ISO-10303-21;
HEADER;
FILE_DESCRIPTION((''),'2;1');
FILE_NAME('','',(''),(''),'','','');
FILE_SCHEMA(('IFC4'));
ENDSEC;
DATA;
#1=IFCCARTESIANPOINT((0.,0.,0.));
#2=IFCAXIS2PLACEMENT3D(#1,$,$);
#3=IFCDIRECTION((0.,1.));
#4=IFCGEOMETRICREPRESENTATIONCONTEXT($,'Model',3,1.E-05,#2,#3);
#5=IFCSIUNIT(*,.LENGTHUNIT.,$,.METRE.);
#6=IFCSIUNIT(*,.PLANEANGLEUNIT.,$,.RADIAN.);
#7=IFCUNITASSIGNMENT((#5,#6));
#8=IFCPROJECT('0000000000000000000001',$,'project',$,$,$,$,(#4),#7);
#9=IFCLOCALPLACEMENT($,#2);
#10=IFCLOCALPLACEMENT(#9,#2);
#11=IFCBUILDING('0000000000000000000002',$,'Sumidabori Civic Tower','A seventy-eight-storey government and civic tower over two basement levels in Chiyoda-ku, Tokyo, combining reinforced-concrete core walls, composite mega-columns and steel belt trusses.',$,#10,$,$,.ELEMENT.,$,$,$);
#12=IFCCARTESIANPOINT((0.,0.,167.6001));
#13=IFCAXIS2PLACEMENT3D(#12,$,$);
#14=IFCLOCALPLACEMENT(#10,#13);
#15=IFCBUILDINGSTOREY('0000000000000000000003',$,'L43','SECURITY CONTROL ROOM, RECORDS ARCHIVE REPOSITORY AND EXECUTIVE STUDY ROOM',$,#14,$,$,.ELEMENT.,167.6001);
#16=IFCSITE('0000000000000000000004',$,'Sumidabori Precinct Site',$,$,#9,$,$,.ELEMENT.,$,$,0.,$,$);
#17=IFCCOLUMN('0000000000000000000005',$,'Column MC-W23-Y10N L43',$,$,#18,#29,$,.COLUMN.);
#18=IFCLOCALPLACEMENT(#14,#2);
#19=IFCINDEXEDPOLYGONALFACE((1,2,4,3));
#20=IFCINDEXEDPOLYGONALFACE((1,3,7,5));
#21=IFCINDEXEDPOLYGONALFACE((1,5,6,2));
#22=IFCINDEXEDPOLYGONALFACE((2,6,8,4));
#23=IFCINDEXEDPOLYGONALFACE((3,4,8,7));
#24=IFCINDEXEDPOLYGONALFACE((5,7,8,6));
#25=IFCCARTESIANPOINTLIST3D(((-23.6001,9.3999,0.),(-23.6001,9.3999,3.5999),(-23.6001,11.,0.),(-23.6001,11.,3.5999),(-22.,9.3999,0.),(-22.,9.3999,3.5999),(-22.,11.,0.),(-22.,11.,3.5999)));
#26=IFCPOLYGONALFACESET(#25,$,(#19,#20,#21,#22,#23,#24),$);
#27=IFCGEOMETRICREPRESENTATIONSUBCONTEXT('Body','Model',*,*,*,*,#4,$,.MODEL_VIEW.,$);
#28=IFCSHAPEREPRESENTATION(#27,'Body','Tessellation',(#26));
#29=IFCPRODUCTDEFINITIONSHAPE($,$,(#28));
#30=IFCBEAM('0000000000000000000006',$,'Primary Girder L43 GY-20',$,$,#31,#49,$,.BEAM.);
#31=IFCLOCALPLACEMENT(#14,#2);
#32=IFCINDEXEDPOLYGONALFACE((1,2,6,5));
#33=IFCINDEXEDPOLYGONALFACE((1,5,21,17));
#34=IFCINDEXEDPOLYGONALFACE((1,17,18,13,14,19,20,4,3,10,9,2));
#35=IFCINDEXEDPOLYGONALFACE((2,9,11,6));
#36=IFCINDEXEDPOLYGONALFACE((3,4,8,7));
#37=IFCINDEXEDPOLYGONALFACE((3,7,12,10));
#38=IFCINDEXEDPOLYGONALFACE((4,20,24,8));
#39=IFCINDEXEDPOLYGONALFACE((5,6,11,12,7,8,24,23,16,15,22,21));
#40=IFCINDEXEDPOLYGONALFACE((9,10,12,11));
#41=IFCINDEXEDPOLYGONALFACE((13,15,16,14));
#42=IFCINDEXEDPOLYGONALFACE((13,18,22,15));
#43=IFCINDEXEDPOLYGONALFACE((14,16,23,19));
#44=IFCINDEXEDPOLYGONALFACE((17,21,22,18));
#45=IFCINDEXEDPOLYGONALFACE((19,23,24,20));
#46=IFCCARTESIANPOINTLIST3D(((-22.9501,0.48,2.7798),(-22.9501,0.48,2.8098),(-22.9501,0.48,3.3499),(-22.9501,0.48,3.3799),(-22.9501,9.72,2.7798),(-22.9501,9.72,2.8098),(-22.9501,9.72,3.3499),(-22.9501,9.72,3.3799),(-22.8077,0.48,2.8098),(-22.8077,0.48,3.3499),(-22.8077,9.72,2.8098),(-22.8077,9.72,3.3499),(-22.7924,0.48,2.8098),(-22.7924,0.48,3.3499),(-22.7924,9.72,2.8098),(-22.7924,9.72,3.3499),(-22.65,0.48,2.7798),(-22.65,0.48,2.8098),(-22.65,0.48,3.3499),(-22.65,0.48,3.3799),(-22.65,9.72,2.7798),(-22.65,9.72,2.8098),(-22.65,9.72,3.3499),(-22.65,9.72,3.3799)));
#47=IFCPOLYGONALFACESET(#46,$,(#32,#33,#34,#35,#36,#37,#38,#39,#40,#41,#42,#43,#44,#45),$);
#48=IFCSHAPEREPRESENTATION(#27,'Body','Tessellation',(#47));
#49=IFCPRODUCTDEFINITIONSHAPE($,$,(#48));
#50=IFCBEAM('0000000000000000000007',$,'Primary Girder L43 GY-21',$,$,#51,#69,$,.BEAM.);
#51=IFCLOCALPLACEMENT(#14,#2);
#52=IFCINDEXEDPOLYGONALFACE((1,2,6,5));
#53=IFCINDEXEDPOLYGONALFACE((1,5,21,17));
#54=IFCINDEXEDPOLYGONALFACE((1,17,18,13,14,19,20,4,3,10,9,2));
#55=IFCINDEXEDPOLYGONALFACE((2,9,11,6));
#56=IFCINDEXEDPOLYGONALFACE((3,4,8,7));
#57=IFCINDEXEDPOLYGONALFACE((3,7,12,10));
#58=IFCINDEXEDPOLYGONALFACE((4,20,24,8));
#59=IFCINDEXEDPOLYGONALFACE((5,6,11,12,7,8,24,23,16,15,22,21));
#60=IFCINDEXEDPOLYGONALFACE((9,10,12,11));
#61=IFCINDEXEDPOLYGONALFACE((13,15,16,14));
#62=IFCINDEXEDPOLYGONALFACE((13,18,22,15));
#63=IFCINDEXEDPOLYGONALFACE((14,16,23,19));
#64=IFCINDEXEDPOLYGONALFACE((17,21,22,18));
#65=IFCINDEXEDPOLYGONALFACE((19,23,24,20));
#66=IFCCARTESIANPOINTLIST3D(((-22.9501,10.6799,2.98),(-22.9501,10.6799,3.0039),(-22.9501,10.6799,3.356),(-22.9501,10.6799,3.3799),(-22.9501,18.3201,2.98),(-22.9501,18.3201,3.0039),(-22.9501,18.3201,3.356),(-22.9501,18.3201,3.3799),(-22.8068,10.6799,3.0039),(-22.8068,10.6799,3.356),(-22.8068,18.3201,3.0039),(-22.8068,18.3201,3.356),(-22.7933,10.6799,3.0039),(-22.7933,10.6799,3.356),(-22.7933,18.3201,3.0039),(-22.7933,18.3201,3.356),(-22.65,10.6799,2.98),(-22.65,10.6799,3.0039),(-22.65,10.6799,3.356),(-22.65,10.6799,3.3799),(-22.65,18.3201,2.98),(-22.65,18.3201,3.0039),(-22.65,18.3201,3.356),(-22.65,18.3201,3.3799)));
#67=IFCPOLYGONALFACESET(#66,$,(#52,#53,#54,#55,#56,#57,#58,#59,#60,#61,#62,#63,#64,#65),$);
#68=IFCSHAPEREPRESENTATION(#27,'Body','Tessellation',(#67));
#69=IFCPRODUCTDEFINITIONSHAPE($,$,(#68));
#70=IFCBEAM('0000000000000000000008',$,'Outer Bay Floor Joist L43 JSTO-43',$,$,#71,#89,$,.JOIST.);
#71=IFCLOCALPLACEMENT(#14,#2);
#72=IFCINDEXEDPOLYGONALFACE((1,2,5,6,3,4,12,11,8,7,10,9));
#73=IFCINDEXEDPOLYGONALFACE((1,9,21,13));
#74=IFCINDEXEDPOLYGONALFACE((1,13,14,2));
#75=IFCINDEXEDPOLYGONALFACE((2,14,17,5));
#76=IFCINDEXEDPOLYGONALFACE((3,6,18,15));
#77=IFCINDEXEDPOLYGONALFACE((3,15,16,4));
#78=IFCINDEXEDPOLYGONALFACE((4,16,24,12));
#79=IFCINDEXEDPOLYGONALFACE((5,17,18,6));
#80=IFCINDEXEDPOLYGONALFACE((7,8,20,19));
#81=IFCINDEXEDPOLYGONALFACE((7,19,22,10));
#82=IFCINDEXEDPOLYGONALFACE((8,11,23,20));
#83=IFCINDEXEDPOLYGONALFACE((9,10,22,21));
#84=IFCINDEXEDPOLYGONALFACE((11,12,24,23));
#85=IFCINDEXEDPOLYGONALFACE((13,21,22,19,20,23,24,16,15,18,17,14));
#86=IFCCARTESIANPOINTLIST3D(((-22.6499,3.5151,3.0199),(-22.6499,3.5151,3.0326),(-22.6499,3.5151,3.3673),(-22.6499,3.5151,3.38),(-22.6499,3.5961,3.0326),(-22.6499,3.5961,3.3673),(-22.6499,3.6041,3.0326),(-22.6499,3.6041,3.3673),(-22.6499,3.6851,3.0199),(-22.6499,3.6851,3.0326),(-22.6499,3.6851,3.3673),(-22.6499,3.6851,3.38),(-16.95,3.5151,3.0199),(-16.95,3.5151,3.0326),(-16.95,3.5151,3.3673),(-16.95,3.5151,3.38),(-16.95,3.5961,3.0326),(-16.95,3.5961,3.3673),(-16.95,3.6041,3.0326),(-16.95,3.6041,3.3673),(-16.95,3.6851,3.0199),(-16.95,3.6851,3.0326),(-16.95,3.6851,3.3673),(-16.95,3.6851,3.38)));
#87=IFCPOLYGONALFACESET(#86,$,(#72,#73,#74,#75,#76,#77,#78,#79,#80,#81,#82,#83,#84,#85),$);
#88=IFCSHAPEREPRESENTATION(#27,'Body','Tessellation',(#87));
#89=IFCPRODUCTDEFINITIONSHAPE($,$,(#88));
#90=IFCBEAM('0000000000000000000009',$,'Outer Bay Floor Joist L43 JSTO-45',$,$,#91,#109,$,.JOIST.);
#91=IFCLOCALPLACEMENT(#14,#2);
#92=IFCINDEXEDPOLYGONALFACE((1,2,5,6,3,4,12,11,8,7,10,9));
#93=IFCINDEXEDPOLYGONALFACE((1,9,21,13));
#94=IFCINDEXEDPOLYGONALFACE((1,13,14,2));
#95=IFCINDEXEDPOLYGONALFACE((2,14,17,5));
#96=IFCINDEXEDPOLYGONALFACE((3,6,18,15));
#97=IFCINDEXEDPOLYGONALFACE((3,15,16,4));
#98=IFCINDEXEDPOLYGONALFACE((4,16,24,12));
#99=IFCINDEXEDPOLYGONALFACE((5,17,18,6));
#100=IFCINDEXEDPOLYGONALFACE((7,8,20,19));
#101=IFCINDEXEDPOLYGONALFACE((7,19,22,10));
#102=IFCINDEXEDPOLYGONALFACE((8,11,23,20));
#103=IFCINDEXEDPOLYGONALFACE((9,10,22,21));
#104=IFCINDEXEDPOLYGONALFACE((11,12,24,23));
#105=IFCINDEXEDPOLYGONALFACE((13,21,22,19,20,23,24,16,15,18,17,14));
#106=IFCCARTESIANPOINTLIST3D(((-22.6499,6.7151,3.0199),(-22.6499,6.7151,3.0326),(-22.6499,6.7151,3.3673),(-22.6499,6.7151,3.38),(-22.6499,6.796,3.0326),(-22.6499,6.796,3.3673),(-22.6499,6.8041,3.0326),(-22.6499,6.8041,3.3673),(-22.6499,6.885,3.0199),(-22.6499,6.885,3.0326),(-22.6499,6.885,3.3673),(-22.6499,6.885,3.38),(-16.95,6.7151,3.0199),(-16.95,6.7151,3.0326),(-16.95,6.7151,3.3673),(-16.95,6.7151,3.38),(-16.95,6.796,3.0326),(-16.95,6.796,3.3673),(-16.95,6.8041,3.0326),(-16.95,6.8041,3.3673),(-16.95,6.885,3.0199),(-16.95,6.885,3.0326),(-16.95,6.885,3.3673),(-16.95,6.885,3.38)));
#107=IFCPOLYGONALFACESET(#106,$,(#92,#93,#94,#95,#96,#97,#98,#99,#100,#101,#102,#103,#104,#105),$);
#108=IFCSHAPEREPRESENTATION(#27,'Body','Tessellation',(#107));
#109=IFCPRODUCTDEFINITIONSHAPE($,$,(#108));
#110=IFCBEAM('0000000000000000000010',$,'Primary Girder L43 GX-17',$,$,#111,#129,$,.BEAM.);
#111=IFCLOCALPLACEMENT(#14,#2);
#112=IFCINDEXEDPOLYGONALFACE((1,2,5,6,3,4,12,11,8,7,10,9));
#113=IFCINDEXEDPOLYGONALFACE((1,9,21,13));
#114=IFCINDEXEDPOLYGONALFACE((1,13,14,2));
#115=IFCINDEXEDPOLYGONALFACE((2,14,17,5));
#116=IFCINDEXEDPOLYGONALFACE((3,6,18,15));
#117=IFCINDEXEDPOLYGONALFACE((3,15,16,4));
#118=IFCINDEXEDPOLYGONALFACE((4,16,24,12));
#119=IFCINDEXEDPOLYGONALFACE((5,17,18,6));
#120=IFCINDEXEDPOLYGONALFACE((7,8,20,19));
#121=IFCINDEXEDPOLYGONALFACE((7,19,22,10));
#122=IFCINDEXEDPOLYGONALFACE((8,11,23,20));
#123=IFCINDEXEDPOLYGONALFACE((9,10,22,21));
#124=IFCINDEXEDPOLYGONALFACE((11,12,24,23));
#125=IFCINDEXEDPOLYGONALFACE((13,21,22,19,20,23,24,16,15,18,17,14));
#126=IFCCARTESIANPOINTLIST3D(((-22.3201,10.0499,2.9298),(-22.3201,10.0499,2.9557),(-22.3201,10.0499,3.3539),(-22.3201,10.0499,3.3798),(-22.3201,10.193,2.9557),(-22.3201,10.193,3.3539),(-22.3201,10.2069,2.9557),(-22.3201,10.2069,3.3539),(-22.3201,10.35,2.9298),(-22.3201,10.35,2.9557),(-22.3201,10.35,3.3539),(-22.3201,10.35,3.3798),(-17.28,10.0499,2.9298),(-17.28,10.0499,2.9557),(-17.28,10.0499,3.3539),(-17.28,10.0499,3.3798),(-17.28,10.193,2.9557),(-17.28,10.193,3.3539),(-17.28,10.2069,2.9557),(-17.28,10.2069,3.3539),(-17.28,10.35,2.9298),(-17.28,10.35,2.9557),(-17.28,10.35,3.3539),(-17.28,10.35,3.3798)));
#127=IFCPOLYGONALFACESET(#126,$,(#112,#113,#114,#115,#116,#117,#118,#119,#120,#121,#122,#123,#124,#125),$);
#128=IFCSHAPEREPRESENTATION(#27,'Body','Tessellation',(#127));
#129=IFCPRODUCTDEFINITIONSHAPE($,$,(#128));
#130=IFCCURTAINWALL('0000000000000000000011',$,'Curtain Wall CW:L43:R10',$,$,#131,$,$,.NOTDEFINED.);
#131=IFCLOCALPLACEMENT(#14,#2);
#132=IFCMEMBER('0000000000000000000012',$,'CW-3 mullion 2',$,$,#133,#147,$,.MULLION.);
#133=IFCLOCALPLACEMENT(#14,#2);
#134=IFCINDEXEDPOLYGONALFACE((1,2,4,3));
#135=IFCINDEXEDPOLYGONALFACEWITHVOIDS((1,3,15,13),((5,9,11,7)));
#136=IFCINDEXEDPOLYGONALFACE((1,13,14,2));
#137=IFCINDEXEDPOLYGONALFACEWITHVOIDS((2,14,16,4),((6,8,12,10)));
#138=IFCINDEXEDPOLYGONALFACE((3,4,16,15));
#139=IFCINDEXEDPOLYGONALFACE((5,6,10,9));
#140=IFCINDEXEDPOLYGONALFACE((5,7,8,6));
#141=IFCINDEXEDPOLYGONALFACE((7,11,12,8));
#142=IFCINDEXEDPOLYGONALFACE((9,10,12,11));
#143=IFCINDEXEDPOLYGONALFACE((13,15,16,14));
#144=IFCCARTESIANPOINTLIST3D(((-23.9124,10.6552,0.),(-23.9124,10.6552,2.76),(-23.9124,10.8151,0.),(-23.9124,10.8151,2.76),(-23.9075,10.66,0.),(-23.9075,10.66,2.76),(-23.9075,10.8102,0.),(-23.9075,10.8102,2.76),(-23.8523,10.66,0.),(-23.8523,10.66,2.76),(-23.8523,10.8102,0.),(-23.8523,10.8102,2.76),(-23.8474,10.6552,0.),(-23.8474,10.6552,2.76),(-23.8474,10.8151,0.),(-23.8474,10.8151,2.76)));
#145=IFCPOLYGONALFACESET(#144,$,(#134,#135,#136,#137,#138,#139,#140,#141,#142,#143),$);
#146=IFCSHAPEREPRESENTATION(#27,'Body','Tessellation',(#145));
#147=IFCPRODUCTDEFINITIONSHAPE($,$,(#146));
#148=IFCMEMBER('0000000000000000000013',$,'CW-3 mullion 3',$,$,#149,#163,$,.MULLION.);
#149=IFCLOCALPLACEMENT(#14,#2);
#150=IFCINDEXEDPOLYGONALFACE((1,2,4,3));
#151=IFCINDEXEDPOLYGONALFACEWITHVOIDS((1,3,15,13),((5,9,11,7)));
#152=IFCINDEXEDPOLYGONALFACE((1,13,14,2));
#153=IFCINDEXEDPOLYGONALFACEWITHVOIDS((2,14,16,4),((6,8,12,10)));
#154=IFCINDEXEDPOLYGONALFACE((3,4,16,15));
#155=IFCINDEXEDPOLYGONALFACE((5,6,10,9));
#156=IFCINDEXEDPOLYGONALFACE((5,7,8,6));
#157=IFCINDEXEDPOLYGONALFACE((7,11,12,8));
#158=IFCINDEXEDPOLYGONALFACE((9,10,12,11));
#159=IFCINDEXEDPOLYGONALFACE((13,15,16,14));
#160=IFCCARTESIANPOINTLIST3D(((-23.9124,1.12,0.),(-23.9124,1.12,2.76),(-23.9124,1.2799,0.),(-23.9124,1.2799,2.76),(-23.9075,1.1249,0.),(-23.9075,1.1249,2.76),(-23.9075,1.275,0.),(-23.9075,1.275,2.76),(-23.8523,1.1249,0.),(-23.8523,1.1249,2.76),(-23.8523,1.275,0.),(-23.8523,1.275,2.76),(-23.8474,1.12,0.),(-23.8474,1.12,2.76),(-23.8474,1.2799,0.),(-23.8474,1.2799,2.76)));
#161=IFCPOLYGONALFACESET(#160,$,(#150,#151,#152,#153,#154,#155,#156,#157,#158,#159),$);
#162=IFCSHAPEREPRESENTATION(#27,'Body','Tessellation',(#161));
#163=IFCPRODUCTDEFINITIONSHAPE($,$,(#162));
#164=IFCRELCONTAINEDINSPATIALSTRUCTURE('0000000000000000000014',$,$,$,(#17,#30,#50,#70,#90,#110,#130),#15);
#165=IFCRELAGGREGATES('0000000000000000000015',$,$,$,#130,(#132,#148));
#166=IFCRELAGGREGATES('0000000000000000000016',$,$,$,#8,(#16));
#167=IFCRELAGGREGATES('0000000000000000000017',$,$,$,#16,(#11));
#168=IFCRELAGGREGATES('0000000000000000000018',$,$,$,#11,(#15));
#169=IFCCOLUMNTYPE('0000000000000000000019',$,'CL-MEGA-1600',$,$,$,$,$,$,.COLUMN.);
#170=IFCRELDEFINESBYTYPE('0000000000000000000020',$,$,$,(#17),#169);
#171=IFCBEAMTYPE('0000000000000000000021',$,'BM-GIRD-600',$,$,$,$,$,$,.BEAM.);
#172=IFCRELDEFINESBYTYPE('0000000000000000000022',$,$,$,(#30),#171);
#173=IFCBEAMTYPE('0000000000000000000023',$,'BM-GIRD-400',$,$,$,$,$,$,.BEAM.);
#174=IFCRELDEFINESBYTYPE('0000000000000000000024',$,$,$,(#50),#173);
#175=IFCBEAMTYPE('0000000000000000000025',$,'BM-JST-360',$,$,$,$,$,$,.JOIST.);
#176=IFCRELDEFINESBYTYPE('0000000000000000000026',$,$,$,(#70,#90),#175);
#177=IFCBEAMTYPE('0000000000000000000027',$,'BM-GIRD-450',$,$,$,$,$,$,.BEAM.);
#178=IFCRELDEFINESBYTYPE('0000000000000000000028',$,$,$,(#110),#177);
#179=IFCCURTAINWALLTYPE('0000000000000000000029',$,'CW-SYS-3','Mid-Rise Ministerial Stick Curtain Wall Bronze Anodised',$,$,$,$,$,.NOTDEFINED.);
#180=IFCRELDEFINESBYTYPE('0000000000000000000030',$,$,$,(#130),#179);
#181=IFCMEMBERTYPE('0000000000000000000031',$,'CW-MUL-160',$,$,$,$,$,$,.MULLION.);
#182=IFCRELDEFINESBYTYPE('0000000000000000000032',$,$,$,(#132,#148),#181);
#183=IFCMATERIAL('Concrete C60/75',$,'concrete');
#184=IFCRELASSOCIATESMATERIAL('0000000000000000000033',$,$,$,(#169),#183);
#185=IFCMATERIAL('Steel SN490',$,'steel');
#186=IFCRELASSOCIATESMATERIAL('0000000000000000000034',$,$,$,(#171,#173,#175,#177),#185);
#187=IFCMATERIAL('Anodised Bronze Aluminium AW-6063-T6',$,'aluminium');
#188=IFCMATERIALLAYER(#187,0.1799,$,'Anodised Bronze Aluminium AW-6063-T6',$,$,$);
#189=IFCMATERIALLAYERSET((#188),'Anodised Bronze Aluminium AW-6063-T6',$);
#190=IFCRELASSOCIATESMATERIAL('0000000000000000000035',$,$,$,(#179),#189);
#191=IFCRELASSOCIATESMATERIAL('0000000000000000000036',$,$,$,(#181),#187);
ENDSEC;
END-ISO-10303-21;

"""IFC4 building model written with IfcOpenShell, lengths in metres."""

from ifc_helpers import new_model, si_unit, direction, frame, origin, origin_2d, place, context, subcontext, project, spatial, rectangle, hollow_rectangle, i_section, extrude, source, transform, mapped, material, layer, layer_set, material_profile, profile_set, type_object, element, aggregate, save


model = new_model("IFC4")

# Units and contexts
model_context = context("Model", 3, precision=1e-05, world=origin(), true_north=direction((0.0, 1.0)))
body_context = subcontext(model_context, "Body", "Model", "MODEL_VIEW")
ifc_project = project(units=[si_unit("LENGTHUNIT", "METRE"), si_unit("PLANEANGLEUNIT", "RADIAN")], contexts=[model_context])

# Site, building, storey
site_placement = place(None, origin())
site = spatial("IfcSite", under=ifc_project, at=site_placement, Name="Sumidabori Precinct Site", CompositionType="ELEMENT", RefElevation=0.0)
building_placement = place(site_placement, origin())
building = spatial("IfcBuilding", under=site, at=building_placement, Name="Sumidabori Civic Tower", Description="A seventy-eight-storey government and civic tower over two basement levels in Chiyoda-ku, Tokyo, combining reinforced-concrete core walls, composite mega-columns and steel belt trusses.", CompositionType="ELEMENT")
storey_placement = place(building_placement, frame((0.0, 0.0, 167.6001)))
storey = spatial("IfcBuildingStorey", under=building, at=storey_placement, Name="L43", Description="SECURITY CONTROL ROOM, RECORDS ARCHIVE REPOSITORY AND EXECUTIVE STUDY ROOM", CompositionType="ELEMENT", Elevation=167.6001)

# Column
ifc_material_1 = material(Name="Concrete C60/75", Category="concrete")
ifc_material_profile_1 = material_profile(ifc_material_1, rectangle(XDim=1.6001, YDim=1.6001, at=origin_2d()), Name="RC 1600x1600")
ifc_profile_set_1 = profile_set([ifc_material_profile_1], Name="Concrete C60/75")
column_type = type_object("IfcColumnType", Name="CL-MEGA-1600", PredefinedType="COLUMN", material=ifc_profile_set_1)
shared_shape_1 = source(origin(), body_context, "Body", "SweptSolid", [
    extrude(rectangle(XDim=1.6001, YDim=1.6001, at=origin_2d()), origin(), (0.0, 0.0, 1.0), 3.5999),
])
column_placement = place(storey_placement, frame((-22.8, 10.2, 0.0), z_axis=(0.0, 0.0, 1.0), x_axis=(1.0, 0.0, 0.0)))
element("IfcColumn", 1, at=column_placement, inside=storey, type_object=column_type, Name="Column MC-W23-Y10N L43", PredefinedType="COLUMN", context=body_context, shape_type="MappedRepresentation", body=[
    mapped(shared_shape_1, transform((0.0, 0.0, 0.0), x_axis=(1.0, 0.0, 0.0), y_axis=(0.0, 1.0, 0.0), z_axis=(0.0, 0.0, 1.0), scale=1.0)),
])

# Beams
ifc_material_2 = material(Name="Steel SN490", Category="steel")
ifc_material_profile_2 = material_profile(ifc_material_2, i_section(OverallWidth=0.3, OverallDepth=0.6001, WebThickness=0.0154, FlangeThickness=0.03, at=origin_2d()), Name="HE 600 B")
ifc_profile_set_2 = profile_set([ifc_material_profile_2], Name="Steel SN490")
beam_type_1 = type_object("IfcBeamType", Name="BM-GIRD-600", PredefinedType="BEAM", material=ifc_profile_set_2)
shared_shape_2 = source(origin(), body_context, "Body", "SweptSolid", [
    extrude(i_section(OverallWidth=0.3, OverallDepth=0.6001, WebThickness=0.0154, FlangeThickness=0.03, at=origin_2d()), origin(), (0.0, 0.0, 1.0), 9.24),
])
beam_1_placement = place(storey_placement, frame((-22.8, 0.48, 3.0798), z_axis=(0.0, 1.0, 0.0), x_axis=(-1.0, 0.0, 0.0)))
element("IfcBeam", 2, at=beam_1_placement, inside=storey, type_object=beam_type_1, Name="Primary Girder L43 GY-20", PredefinedType="BEAM", context=body_context, shape_type="MappedRepresentation", body=[
    mapped(shared_shape_2, transform((0.0, 0.0, 0.0), x_axis=(1.0, 0.0, 0.0), y_axis=(0.0, 1.0, 0.0), z_axis=(0.0, 0.0, 1.0), scale=1.0)),
])
ifc_material_profile_3 = material_profile(ifc_material_2, i_section(OverallWidth=0.3, OverallDepth=0.3999, WebThickness=0.0134, FlangeThickness=0.0239, at=origin_2d()), Name="HE 400 B")
ifc_profile_set_3 = profile_set([ifc_material_profile_3], Name="Steel SN490")
beam_type_2 = type_object("IfcBeamType", Name="BM-GIRD-400", PredefinedType="BEAM", material=ifc_profile_set_3)
shared_shape_3 = source(origin(), body_context, "Body", "SweptSolid", [
    extrude(i_section(OverallWidth=0.3, OverallDepth=0.3999, WebThickness=0.0134, FlangeThickness=0.0239, at=origin_2d()), origin(), (0.0, 0.0, 1.0), 7.6401),
])
beam_2_placement = place(storey_placement, frame((-22.8, 10.6799, 3.1799), z_axis=(0.0, 1.0, 0.0), x_axis=(-1.0, 0.0, 0.0)))
element("IfcBeam", 3, at=beam_2_placement, inside=storey, type_object=beam_type_2, Name="Primary Girder L43 GY-21", PredefinedType="BEAM", context=body_context, shape_type="MappedRepresentation", body=[
    mapped(shared_shape_3, transform((0.0, 0.0, 0.0), x_axis=(1.0, 0.0, 0.0), y_axis=(0.0, 1.0, 0.0), z_axis=(0.0, 0.0, 1.0), scale=1.0)),
])
ifc_material_profile_4 = material_profile(ifc_material_2, i_section(OverallWidth=0.1699, OverallDepth=0.3601, WebThickness=0.0081, FlangeThickness=0.0127, at=origin_2d()), Name="IPE 360")
ifc_profile_set_4 = profile_set([ifc_material_profile_4], Name="Steel SN490")
beam_type_3 = type_object("IfcBeamType", Name="BM-JST-360", PredefinedType="JOIST", material=ifc_profile_set_4)
shared_shape_4 = source(origin(), body_context, "Body", "SweptSolid", [
    extrude(i_section(OverallWidth=0.1699, OverallDepth=0.3601, WebThickness=0.0081, FlangeThickness=0.0127, at=origin_2d()), origin(), (0.0, 0.0, 1.0), 5.7),
])
for number, where, z_axis, x_axis, name in (
    (4, (-22.6499, 3.6001, 3.2), (1.0, 0.0, 0.0), (0.0, 1.0, 0.0), "Outer Bay Floor Joist L43 JSTO-43"),
    (5, (-22.6499, 6.8, 3.2), (1.0, 0.0, 0.0), (0.0, 1.0, 0.0), "Outer Bay Floor Joist L43 JSTO-45"),
):
    element("IfcBeam", number, at=place(storey_placement, frame(where, z_axis=z_axis, x_axis=x_axis)), inside=storey, type_object=beam_type_3, Name=name, PredefinedType="JOIST", context=body_context, shape_type="MappedRepresentation", body=[
        mapped(shared_shape_4, transform((0.0, 0.0, 0.0), x_axis=(1.0, 0.0, 0.0), y_axis=(0.0, 1.0, 0.0), z_axis=(0.0, 0.0, 1.0), scale=1.0)),
    ])
ifc_material_profile_5 = material_profile(ifc_material_2, i_section(OverallWidth=0.3, OverallDepth=0.45, WebThickness=0.0139, FlangeThickness=0.0259, at=origin_2d()), Name="HE 450 B")
ifc_profile_set_5 = profile_set([ifc_material_profile_5], Name="Steel SN490")
beam_type_4 = type_object("IfcBeamType", Name="BM-GIRD-450", PredefinedType="BEAM", material=ifc_profile_set_5)
shared_shape_5 = source(origin(), body_context, "Body", "SweptSolid", [
    extrude(i_section(OverallWidth=0.3, OverallDepth=0.45, WebThickness=0.0139, FlangeThickness=0.0259, at=origin_2d()), origin(), (0.0, 0.0, 1.0), 5.04),
])
beam_3_placement = place(storey_placement, frame((-22.3201, 10.2, 3.1548), z_axis=(1.0, 0.0, 0.0), x_axis=(0.0, 1.0, 0.0)))
element("IfcBeam", 6, at=beam_3_placement, inside=storey, type_object=beam_type_4, Name="Primary Girder L43 GX-17", PredefinedType="BEAM", context=body_context, shape_type="MappedRepresentation", body=[
    mapped(shared_shape_5, transform((0.0, 0.0, 0.0), x_axis=(1.0, 0.0, 0.0), y_axis=(0.0, 1.0, 0.0), z_axis=(0.0, 0.0, 1.0), scale=1.0)),
])

# Curtain wall, members
ifc_material_3 = material(Name="Anodised Bronze Aluminium AW-6063-T6", Category="aluminium")
ifc_layer_1 = layer(ifc_material_3, 0.1799, Name="Anodised Bronze Aluminium AW-6063-T6")
ifc_layer_set_1 = layer_set([ifc_layer_1], Name="Anodised Bronze Aluminium AW-6063-T6")
curtain_wall_type = type_object("IfcCurtainWallType", Name="CW-SYS-3", Description="Mid-Rise Ministerial Stick Curtain Wall Bronze Anodised", PredefinedType="NOTDEFINED", material=ifc_layer_set_1)
curtain_wall_placement = place(storey_placement, origin())
curtain_wall = element("IfcCurtainWall", 7, at=curtain_wall_placement, inside=storey, type_object=curtain_wall_type, Name="Curtain Wall CW:L43:R10", PredefinedType="NOTDEFINED")
ifc_material_profile_6 = material_profile(ifc_material_3, hollow_rectangle(XDim=0.0649, YDim=0.1599, WallThickness=0.0049, at=origin_2d()), Name="ALU MULLION 160x65")
ifc_profile_set_6 = profile_set([ifc_material_profile_6], Name="Anodised Bronze Aluminium AW-6063-T6")
member_type_1 = type_object("IfcMemberType", Name="CW-MUL-160", PredefinedType="MULLION", material=ifc_profile_set_6)
shared_shape_6 = source(origin(), body_context, "Body", "SweptSolid", [
    extrude(hollow_rectangle(XDim=0.0649, YDim=0.1599, WallThickness=0.0049, at=origin_2d()), origin(), (0.0, 0.0, 1.0), 2.76),
])
member_1_placement = place(storey_placement, frame((-23.8799, 10.7351, 0.0), z_axis=(0.0, 0.0, 1.0), x_axis=(1.0, 0.0, 0.0)))
member_1 = element("IfcMember", 8, at=member_1_placement, type_object=member_type_1, Name="CW-3 mullion 2", PredefinedType="MULLION", context=body_context, shape_type="MappedRepresentation", body=[
    mapped(shared_shape_6, transform((0.0, 0.0, 0.0), x_axis=(1.0, 0.0, 0.0), y_axis=(0.0, 1.0, 0.0), z_axis=(0.0, 0.0, 1.0), scale=1.0)),
])
member_2_placement = place(storey_placement, frame((-23.8799, 1.2, 0.0), z_axis=(0.0, 0.0, 1.0), x_axis=(1.0, 0.0, 0.0)))
member_2 = element("IfcMember", 9, at=member_2_placement, type_object=member_type_1, Name="CW-3 mullion 3", PredefinedType="MULLION", context=body_context, shape_type="MappedRepresentation", body=[
    mapped(shared_shape_6, transform((0.0, 0.0, 0.0), x_axis=(1.0, 0.0, 0.0), y_axis=(0.0, 1.0, 0.0), z_axis=(0.0, 0.0, 1.0), scale=1.0)),
])
aggregate(curtain_wall, [member_1, member_2])

save(model, "model.ifc")
